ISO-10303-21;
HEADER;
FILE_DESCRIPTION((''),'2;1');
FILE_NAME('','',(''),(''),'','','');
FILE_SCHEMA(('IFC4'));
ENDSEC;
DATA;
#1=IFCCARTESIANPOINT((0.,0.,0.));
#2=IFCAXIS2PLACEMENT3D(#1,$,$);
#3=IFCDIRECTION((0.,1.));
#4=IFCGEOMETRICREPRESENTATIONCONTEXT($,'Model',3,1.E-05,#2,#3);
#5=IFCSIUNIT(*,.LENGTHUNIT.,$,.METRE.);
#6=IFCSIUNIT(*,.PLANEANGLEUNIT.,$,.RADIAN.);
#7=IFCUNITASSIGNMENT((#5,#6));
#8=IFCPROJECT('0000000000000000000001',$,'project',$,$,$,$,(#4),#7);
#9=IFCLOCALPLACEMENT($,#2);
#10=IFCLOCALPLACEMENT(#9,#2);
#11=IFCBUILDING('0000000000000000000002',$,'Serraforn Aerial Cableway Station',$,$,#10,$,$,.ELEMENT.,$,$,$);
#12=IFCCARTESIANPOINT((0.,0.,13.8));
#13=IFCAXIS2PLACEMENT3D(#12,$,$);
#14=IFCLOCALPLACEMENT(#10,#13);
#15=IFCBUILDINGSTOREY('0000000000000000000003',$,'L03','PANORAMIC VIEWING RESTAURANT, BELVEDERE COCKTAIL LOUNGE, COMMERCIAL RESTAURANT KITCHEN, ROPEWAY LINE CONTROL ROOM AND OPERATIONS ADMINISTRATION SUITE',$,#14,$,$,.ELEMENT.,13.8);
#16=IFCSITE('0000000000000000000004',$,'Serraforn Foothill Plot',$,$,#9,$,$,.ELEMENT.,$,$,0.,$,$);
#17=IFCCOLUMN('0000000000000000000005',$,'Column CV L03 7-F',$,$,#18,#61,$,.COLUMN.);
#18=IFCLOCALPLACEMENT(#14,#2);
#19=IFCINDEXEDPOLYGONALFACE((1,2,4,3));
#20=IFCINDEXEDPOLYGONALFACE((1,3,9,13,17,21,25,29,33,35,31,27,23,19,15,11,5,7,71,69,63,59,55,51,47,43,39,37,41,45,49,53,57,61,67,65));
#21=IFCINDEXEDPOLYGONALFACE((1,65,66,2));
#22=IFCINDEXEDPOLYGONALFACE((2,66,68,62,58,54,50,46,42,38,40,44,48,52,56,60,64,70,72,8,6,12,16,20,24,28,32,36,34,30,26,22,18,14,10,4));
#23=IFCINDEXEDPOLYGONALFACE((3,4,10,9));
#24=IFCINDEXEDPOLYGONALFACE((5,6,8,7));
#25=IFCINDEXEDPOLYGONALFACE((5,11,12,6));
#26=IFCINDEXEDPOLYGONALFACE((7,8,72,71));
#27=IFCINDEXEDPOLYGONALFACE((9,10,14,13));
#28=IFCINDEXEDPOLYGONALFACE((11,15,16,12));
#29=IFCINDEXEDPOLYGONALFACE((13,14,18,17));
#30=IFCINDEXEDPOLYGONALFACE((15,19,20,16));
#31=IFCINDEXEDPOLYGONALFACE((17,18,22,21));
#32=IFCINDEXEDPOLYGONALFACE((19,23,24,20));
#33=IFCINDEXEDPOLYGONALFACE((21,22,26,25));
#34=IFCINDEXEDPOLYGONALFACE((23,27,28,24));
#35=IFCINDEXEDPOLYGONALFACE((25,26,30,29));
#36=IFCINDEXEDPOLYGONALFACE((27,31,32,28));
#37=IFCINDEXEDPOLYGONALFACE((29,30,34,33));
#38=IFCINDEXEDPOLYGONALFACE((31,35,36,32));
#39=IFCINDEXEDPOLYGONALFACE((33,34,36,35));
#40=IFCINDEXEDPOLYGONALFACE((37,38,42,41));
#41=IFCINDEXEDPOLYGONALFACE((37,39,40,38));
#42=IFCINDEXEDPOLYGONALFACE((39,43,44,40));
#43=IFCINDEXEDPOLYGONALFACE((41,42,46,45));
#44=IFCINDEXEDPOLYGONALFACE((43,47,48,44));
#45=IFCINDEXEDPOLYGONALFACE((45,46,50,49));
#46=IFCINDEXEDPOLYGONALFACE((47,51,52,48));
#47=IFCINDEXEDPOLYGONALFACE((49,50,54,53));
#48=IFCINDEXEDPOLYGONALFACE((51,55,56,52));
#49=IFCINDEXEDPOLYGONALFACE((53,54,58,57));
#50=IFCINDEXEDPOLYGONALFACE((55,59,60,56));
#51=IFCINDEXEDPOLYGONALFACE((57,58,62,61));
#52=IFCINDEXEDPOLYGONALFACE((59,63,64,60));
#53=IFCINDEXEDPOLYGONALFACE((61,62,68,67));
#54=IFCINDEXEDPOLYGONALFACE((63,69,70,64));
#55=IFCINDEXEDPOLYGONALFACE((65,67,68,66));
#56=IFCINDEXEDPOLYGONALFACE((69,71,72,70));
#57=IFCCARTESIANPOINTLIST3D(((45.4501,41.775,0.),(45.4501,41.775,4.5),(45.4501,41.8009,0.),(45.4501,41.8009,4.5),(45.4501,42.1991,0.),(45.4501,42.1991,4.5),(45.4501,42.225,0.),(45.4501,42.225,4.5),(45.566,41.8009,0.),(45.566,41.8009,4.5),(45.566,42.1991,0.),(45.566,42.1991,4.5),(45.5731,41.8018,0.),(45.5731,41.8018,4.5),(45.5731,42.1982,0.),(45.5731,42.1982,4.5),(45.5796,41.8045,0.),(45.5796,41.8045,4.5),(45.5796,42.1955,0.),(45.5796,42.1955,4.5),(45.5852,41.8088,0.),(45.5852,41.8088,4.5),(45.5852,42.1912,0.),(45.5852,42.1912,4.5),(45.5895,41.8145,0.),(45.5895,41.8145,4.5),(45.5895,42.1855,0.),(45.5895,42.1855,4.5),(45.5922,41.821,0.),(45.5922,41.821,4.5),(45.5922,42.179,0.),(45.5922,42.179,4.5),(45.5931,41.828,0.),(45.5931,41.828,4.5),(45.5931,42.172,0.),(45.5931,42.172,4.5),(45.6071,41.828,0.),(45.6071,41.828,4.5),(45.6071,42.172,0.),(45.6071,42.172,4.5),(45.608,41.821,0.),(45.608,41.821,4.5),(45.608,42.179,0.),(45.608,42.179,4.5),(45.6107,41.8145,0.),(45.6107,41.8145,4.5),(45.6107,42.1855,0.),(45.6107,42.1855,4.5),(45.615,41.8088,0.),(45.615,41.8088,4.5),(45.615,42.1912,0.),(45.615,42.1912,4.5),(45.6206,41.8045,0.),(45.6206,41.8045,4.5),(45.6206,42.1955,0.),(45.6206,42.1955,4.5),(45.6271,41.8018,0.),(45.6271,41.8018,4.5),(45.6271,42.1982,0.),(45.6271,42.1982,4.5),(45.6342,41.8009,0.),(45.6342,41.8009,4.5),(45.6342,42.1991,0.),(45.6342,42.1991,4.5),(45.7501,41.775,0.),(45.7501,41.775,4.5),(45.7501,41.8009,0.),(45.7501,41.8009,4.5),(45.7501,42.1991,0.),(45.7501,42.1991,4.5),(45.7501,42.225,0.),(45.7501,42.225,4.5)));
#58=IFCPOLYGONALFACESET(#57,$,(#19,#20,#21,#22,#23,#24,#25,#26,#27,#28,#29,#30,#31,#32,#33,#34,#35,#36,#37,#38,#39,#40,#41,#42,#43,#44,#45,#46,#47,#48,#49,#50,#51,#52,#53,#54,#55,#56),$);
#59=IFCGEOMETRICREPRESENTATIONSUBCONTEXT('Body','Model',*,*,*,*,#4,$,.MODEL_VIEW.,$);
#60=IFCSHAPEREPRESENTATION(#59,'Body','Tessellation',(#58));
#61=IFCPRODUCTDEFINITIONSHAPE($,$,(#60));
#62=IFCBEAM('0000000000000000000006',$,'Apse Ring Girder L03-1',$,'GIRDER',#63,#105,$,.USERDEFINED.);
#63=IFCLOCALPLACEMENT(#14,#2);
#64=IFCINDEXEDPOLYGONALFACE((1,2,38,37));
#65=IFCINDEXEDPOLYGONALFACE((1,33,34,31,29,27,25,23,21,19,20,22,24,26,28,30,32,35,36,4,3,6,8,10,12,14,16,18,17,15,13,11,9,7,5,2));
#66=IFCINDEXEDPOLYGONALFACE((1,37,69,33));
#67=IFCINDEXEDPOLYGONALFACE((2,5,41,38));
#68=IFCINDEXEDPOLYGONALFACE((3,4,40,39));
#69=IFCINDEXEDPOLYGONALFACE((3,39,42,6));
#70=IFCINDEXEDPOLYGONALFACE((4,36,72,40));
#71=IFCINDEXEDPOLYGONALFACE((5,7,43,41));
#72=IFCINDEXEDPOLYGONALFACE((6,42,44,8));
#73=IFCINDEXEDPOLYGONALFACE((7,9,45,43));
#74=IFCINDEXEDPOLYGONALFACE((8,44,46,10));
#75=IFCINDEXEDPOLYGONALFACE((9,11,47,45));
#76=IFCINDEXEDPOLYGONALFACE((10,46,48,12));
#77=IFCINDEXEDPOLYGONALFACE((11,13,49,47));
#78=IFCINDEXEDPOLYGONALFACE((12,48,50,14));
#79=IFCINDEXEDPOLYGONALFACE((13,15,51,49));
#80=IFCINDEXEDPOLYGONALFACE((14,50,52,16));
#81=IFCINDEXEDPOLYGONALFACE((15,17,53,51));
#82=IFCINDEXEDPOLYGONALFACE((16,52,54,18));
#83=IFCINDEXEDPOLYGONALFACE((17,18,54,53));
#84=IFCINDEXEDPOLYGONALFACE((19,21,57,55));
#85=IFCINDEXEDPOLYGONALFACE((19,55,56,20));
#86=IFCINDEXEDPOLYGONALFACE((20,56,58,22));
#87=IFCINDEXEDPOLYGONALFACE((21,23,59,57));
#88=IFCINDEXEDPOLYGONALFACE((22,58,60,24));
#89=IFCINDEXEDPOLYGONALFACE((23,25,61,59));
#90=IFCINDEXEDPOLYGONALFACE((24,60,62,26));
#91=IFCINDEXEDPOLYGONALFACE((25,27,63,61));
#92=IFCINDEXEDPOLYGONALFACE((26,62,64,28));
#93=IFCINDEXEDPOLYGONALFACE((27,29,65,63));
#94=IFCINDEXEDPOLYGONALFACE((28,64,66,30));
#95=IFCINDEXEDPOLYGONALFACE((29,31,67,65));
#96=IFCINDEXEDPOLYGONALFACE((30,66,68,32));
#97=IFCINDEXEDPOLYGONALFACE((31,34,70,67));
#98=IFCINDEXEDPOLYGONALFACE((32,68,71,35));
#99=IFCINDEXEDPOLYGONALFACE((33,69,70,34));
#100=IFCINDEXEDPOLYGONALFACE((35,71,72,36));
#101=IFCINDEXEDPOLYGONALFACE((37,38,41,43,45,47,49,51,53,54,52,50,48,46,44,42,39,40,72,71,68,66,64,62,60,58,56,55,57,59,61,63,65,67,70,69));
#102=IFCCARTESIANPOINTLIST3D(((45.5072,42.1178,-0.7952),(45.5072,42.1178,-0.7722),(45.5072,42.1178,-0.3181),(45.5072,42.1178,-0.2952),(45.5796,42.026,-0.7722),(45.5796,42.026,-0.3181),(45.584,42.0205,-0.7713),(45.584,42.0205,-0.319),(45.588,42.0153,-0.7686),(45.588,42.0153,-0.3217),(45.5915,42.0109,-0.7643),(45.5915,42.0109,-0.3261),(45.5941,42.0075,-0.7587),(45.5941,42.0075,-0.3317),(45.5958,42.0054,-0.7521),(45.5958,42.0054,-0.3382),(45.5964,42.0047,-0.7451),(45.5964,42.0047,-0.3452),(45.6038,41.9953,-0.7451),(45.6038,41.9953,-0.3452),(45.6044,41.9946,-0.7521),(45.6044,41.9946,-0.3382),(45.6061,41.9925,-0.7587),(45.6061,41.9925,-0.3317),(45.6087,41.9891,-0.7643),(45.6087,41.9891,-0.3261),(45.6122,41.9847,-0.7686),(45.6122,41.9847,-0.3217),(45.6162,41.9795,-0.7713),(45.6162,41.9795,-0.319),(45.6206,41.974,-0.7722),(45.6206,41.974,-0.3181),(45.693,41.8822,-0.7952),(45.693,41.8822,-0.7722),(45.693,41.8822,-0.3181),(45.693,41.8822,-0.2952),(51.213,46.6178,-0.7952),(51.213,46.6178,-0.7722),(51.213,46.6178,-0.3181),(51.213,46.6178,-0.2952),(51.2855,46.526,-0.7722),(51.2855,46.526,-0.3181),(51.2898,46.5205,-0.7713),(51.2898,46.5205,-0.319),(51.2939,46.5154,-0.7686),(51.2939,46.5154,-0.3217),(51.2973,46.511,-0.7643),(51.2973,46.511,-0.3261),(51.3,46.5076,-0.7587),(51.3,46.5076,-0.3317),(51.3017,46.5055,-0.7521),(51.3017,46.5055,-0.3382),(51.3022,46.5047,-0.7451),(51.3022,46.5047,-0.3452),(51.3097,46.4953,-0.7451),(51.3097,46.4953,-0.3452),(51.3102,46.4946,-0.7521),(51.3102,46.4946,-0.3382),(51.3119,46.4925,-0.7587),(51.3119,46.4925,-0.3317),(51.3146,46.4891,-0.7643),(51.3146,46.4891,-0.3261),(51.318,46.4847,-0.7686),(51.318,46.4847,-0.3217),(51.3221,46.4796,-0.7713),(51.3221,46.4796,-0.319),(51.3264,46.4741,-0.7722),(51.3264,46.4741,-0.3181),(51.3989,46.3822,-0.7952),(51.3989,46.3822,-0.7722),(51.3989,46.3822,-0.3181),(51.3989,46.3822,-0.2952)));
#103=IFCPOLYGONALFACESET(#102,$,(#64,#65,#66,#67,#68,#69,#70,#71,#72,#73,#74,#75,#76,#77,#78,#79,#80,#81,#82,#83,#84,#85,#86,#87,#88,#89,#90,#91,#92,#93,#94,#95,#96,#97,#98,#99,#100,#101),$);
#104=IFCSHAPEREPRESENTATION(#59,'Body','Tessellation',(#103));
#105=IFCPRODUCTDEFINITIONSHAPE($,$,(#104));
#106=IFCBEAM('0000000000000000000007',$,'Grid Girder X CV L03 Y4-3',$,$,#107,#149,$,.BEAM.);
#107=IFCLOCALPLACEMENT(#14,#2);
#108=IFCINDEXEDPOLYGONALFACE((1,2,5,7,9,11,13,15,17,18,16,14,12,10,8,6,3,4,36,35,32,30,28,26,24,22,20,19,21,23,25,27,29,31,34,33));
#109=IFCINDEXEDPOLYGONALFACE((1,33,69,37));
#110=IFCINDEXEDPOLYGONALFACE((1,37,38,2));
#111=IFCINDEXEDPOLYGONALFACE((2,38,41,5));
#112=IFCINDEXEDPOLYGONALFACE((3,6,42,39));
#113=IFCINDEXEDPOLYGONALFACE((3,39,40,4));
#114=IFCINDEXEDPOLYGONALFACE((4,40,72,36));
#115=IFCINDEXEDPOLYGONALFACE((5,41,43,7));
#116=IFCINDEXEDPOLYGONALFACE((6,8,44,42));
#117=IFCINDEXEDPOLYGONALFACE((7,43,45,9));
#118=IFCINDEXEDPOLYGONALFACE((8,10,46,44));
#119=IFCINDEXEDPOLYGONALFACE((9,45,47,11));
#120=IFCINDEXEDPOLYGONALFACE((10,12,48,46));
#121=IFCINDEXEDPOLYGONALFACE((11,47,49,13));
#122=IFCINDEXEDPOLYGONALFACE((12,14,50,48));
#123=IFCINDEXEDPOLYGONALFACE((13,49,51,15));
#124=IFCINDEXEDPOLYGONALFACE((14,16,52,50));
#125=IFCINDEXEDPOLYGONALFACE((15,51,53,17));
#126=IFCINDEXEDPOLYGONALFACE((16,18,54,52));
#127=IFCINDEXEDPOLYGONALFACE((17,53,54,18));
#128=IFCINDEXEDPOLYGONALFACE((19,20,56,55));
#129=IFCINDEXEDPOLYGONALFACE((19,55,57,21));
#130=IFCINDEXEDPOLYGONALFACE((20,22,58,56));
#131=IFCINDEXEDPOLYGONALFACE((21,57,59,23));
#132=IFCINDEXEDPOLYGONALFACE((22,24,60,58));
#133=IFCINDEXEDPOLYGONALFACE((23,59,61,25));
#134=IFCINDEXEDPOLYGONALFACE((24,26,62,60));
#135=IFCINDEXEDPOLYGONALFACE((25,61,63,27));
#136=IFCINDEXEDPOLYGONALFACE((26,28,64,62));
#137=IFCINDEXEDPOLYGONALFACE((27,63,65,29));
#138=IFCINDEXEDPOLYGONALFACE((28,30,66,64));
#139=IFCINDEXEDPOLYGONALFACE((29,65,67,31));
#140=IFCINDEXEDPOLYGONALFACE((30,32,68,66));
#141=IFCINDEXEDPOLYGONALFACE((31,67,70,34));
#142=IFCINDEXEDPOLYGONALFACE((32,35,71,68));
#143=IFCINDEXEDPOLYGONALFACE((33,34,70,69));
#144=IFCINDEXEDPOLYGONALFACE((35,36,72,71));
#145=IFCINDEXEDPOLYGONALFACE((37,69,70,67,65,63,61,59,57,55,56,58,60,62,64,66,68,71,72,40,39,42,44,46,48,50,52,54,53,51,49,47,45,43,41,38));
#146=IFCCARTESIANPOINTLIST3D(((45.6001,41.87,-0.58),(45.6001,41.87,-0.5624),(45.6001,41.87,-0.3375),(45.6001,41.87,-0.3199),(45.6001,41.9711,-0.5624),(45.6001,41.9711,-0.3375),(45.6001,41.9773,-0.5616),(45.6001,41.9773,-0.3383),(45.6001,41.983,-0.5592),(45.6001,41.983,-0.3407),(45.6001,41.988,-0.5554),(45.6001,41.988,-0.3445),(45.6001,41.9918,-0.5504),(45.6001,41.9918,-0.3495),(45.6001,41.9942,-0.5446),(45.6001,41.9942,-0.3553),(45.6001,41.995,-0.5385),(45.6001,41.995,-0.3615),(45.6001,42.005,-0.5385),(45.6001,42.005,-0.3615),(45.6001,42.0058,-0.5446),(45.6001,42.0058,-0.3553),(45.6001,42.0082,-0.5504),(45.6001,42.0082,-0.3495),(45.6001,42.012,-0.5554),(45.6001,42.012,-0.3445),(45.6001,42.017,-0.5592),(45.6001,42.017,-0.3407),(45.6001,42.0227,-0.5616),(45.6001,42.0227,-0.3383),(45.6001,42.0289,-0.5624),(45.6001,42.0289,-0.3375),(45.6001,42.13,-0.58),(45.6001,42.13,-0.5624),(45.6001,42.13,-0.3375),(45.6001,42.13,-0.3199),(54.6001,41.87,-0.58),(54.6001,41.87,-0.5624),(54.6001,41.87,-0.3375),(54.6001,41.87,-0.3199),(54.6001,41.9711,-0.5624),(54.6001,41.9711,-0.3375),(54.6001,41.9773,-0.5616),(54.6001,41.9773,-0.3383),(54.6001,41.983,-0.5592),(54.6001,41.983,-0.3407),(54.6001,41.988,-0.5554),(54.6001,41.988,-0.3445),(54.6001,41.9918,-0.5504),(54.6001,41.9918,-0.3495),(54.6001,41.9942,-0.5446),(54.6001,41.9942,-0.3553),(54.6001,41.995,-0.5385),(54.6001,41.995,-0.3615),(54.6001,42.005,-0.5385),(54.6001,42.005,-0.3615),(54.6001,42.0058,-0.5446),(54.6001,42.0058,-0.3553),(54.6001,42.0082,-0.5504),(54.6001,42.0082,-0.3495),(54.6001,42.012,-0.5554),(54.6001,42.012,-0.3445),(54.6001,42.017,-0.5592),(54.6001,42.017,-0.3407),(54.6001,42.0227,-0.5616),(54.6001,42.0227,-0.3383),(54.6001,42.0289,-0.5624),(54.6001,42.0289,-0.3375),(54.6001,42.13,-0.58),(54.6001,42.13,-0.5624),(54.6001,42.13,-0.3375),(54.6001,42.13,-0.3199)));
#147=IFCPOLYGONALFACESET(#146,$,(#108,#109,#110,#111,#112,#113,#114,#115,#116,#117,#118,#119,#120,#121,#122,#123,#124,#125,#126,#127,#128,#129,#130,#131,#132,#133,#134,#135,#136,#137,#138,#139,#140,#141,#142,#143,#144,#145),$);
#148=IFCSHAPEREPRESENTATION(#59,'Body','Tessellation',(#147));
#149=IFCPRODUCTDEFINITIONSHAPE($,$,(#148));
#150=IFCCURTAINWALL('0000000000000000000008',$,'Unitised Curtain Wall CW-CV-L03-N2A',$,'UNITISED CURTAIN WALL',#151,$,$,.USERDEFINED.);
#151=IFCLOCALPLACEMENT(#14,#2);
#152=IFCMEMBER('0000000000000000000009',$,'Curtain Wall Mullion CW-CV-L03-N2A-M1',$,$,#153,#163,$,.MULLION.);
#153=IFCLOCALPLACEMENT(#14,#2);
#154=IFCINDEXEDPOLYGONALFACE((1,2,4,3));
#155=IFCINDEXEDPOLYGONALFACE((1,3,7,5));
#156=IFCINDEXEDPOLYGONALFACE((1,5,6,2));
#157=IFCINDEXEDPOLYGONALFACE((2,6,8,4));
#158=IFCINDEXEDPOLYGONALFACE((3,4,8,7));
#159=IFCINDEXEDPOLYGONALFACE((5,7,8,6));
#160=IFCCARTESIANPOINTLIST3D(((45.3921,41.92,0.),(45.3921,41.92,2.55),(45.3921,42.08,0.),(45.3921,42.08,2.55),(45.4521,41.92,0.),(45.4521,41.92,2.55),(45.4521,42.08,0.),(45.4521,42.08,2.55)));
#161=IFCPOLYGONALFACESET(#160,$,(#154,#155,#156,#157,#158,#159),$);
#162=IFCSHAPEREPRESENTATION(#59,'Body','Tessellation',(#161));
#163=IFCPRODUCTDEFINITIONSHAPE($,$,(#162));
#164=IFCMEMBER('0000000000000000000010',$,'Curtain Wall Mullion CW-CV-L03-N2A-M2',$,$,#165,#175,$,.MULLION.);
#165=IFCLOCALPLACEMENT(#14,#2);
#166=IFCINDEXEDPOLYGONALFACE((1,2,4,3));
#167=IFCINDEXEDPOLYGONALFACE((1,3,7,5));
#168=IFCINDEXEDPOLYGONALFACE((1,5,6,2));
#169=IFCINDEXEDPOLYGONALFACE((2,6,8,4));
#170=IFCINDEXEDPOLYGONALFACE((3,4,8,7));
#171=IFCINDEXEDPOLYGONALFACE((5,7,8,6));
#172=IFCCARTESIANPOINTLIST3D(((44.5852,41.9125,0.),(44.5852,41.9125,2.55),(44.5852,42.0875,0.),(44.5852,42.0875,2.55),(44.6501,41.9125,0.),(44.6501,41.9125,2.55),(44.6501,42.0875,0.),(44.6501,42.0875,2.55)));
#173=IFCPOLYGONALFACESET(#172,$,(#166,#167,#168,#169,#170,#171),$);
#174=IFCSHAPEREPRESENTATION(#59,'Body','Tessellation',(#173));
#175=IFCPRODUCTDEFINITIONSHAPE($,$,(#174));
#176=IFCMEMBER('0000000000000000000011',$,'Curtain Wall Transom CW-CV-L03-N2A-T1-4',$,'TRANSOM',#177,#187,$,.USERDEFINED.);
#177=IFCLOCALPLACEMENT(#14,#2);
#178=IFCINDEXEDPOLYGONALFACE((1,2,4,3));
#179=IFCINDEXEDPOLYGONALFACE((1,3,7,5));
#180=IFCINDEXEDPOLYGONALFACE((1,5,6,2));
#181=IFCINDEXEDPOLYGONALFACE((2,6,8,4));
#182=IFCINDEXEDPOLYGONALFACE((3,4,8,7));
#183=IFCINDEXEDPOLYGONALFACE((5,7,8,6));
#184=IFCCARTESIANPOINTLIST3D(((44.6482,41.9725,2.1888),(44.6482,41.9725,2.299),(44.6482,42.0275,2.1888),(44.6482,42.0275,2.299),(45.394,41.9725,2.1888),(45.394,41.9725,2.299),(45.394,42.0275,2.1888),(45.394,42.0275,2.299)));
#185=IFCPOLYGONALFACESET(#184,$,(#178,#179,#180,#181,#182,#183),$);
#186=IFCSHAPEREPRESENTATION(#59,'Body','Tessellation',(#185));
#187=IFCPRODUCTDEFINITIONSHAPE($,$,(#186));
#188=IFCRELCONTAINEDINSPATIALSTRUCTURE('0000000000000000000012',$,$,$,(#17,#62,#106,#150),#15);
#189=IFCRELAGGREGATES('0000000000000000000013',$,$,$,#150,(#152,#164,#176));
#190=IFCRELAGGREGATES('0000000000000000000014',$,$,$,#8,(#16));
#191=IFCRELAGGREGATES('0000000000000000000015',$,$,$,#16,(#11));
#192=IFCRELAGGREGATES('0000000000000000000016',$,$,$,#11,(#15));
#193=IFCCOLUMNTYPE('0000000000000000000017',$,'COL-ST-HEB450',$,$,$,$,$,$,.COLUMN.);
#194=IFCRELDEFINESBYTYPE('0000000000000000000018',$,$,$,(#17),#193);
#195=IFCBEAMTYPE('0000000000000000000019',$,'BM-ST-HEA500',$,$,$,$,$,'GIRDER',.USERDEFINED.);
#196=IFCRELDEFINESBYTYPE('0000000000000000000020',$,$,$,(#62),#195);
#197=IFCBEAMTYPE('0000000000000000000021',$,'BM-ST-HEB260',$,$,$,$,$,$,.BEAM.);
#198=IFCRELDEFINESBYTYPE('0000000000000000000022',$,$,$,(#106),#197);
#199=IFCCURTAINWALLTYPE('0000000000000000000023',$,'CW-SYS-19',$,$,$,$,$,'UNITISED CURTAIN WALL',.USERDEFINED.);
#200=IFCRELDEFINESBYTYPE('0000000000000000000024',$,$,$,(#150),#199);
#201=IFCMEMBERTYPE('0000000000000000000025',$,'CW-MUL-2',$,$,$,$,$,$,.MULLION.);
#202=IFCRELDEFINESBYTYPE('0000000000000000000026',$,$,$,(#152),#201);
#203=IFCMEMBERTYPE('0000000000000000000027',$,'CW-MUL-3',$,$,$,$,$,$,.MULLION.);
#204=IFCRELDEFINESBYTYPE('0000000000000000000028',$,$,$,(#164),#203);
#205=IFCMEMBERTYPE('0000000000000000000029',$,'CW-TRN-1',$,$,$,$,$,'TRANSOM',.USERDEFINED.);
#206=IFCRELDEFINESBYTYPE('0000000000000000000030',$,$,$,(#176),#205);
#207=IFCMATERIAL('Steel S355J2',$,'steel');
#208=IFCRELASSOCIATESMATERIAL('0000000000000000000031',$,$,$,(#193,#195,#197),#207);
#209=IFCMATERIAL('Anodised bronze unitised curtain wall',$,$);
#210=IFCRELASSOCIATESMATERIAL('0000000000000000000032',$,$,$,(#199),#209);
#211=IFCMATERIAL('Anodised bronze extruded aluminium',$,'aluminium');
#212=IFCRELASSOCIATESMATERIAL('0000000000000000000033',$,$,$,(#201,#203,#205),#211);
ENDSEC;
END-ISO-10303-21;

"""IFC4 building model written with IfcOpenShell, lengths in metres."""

from ifc_helpers import new_model, si_unit, direction, frame, origin, origin_2d, place, context, subcontext, project, spatial, rectangle, i_section, extrude, material, material_profile, profile_set, type_object, element, aggregate, save


model = new_model("IFC4")

# Units and contexts
model_context = context("Model", 3, precision=1e-05, world=origin(), true_north=direction((0.0, 1.0)))
body_context = subcontext(model_context, "Body", "Model", "MODEL_VIEW")
ifc_project = project(units=[si_unit("LENGTHUNIT", "METRE"), si_unit("PLANEANGLEUNIT", "RADIAN")], contexts=[model_context])

# Site, building, storey
site_placement = place(None, origin())
site = spatial("IfcSite", under=ifc_project, at=site_placement, Name="Serraforn Foothill Plot", CompositionType="ELEMENT", RefElevation=0.0)
building_placement = place(site_placement, origin())
building = spatial("IfcBuilding", under=site, at=building_placement, Name="Serraforn Aerial Cableway Station", CompositionType="ELEMENT")
storey_placement = place(building_placement, frame((0.0, 0.0, 13.8)))
storey = spatial("IfcBuildingStorey", under=building, at=storey_placement, Name="L03", Description="PANORAMIC VIEWING RESTAURANT, BELVEDERE COCKTAIL LOUNGE, COMMERCIAL RESTAURANT KITCHEN, ROPEWAY LINE CONTROL ROOM AND OPERATIONS ADMINISTRATION SUITE", CompositionType="ELEMENT", Elevation=13.8)

# Column
ifc_material_1 = material(Name="Steel S355J2", Category="steel")
ifc_material_profile_1 = material_profile(ifc_material_1, i_section(OverallWidth=0.3, OverallDepth=0.45, WebThickness=0.0139, FlangeThickness=0.0259, FilletRadius=0.0271, at=origin_2d()), Name="HEB 450")
ifc_profile_set_1 = profile_set([ifc_material_profile_1], Name="Steel S355J2")
column_type = type_object("IfcColumnType", Name="COL-ST-HEB450", PredefinedType="COLUMN", material=ifc_profile_set_1)
column_placement = place(storey_placement, frame((45.6001, 42.0, 0.0), z_axis=(0.0, 0.0, 1.0), x_axis=(1.0, 0.0, 0.0)))
element("IfcColumn", 1, at=column_placement, inside=storey, type_object=column_type, Name="Column CV L03 7-F", PredefinedType="COLUMN", context=body_context, shape_type="SweptSolid", body=[
    extrude(i_section(OverallWidth=0.3, OverallDepth=0.45, WebThickness=0.0139, FlangeThickness=0.0259, FilletRadius=0.0271, at=origin_2d()), origin(), (0.0, 0.0, 1.0), 4.5),
])

# Beams
ifc_material_profile_2 = material_profile(ifc_material_1, i_section(OverallWidth=0.3, OverallDepth=0.5, WebThickness=0.012, FlangeThickness=0.0229, FilletRadius=0.0271, at=origin_2d()), Name="HEA 500")
ifc_profile_set_2 = profile_set([ifc_material_profile_2], Name="Steel S355J2")
beam_type_1 = type_object("IfcBeamType", Name="BM-ST-HEA500", ElementType="GIRDER", PredefinedType="USERDEFINED", material=ifc_profile_set_2)
beam_1_placement = place(storey_placement, frame((45.6001, 42.0, -0.5452), z_axis=(0.78519, 0.619255, 0.0), x_axis=(-0.619255, 0.78519, 0.0)))
element("IfcBeam", 2, at=beam_1_placement, inside=storey, type_object=beam_type_1, Name="Apse Ring Girder L03-1", ObjectType="GIRDER", PredefinedType="USERDEFINED", context=body_context, shape_type="SweptSolid", body=[
    extrude(i_section(OverallWidth=0.3, OverallDepth=0.5, WebThickness=0.012, FlangeThickness=0.0229, FilletRadius=0.0271, at=origin_2d()), origin(), (0.0, 0.0, 1.0), 7.2668),
])
ifc_material_profile_3 = material_profile(ifc_material_1, i_section(OverallWidth=0.26, OverallDepth=0.26, WebThickness=0.01, FlangeThickness=0.0176, FilletRadius=0.0239, at=origin_2d()), Name="HEB 260")
ifc_profile_set_3 = profile_set([ifc_material_profile_3], Name="Steel S355J2")
beam_type_2 = type_object("IfcBeamType", Name="BM-ST-HEB260", PredefinedType="BEAM", material=ifc_profile_set_3)
beam_2_placement = place(storey_placement, frame((45.6001, 42.0, -0.45), z_axis=(1.0, 0.0, 0.0), x_axis=(0.0, 1.0, 0.0)))
element("IfcBeam", 3, at=beam_2_placement, inside=storey, type_object=beam_type_2, Name="Grid Girder X CV L03 Y4-3", PredefinedType="BEAM", context=body_context, shape_type="SweptSolid", body=[
    extrude(i_section(OverallWidth=0.26, OverallDepth=0.26, WebThickness=0.01, FlangeThickness=0.0176, FilletRadius=0.0239, at=origin_2d()), origin(), (0.0, 0.0, 1.0), 9.0),
])

# Curtain wall, members
ifc_material_2 = material(Name="Anodised bronze unitised curtain wall")
curtain_wall_type = type_object("IfcCurtainWallType", Name="CW-SYS-19", ElementType="UNITISED CURTAIN WALL", PredefinedType="USERDEFINED", material=ifc_material_2)
curtain_wall_placement = place(storey_placement, origin())
curtain_wall = element("IfcCurtainWall", 4, at=curtain_wall_placement, inside=storey, type_object=curtain_wall_type, Name="Unitised Curtain Wall CW-CV-L03-N2A", ObjectType="UNITISED CURTAIN WALL", PredefinedType="USERDEFINED")
ifc_material_3 = material(Name="Anodised bronze extruded aluminium", Category="aluminium")
ifc_material_profile_4 = material_profile(ifc_material_3, rectangle(XDim=0.0601, YDim=0.1599, at=origin_2d()), Name="CW MULLION 60x160")
ifc_profile_set_4 = profile_set([ifc_material_profile_4], Name="Anodised bronze extruded aluminium")
member_type_1 = type_object("IfcMemberType", Name="CW-MUL-2", PredefinedType="MULLION", material=ifc_profile_set_4)
member_1_placement = place(storey_placement, frame((45.4221, 42.0, 0.0), z_axis=(0.0, 0.0, 1.0), x_axis=(-1.0, 0.0, 0.0)))
member_1 = element("IfcMember", 5, at=member_1_placement, type_object=member_type_1, Name="Curtain Wall Mullion CW-CV-L03-N2A-M1", PredefinedType="MULLION", context=body_context, shape_type="SweptSolid", body=[
    extrude(rectangle(XDim=0.0601, YDim=0.1599, at=origin_2d()), origin(), (0.0, 0.0, 1.0), 2.55),
])
ifc_material_profile_5 = material_profile(ifc_material_3, rectangle(XDim=0.0649, YDim=0.175, at=origin_2d()), Name="CW MULLION 65x175")
ifc_profile_set_5 = profile_set([ifc_material_profile_5], Name="Anodised bronze extruded aluminium")
member_type_2 = type_object("IfcMemberType", Name="CW-MUL-3", PredefinedType="MULLION", material=ifc_profile_set_5)
member_2_placement = place(storey_placement, frame((44.6177, 42.0, 0.0), z_axis=(0.0, 0.0, 1.0), x_axis=(-1.0, 0.0, 0.0)))
member_2 = element("IfcMember", 6, at=member_2_placement, type_object=member_type_2, Name="Curtain Wall Mullion CW-CV-L03-N2A-M2", PredefinedType="MULLION", context=body_context, shape_type="SweptSolid", body=[
    extrude(rectangle(XDim=0.0649, YDim=0.175, at=origin_2d()), origin(), (0.0, 0.0, 1.0), 2.55),
])
ifc_material_profile_6 = material_profile(ifc_material_3, rectangle(XDim=0.0549, YDim=0.1101, at=origin_2d()), Name="CW TRANSOM 55x110")
ifc_profile_set_6 = profile_set([ifc_material_profile_6], Name="Anodised bronze extruded aluminium")
member_type_3 = type_object("IfcMemberType", Name="CW-TRN-1", ElementType="TRANSOM", PredefinedType="USERDEFINED", material=ifc_profile_set_6)
member_3_placement = place(storey_placement, frame((45.394, 42.0, 2.2439), z_axis=(-1.0, 0.0, 0.0), x_axis=(0.0, -1.0, 0.0)))
member_3 = element("IfcMember", 7, at=member_3_placement, type_object=member_type_3, Name="Curtain Wall Transom CW-CV-L03-N2A-T1-4", ObjectType="TRANSOM", PredefinedType="USERDEFINED", context=body_context, shape_type="SweptSolid", body=[
    extrude(rectangle(XDim=0.0549, YDim=0.1101, at=origin_2d()), origin(), (0.0, 0.0, 1.0), 0.7458),
])
aggregate(curtain_wall, [member_1, member_2, member_3])

save(model, "model.ifc")
